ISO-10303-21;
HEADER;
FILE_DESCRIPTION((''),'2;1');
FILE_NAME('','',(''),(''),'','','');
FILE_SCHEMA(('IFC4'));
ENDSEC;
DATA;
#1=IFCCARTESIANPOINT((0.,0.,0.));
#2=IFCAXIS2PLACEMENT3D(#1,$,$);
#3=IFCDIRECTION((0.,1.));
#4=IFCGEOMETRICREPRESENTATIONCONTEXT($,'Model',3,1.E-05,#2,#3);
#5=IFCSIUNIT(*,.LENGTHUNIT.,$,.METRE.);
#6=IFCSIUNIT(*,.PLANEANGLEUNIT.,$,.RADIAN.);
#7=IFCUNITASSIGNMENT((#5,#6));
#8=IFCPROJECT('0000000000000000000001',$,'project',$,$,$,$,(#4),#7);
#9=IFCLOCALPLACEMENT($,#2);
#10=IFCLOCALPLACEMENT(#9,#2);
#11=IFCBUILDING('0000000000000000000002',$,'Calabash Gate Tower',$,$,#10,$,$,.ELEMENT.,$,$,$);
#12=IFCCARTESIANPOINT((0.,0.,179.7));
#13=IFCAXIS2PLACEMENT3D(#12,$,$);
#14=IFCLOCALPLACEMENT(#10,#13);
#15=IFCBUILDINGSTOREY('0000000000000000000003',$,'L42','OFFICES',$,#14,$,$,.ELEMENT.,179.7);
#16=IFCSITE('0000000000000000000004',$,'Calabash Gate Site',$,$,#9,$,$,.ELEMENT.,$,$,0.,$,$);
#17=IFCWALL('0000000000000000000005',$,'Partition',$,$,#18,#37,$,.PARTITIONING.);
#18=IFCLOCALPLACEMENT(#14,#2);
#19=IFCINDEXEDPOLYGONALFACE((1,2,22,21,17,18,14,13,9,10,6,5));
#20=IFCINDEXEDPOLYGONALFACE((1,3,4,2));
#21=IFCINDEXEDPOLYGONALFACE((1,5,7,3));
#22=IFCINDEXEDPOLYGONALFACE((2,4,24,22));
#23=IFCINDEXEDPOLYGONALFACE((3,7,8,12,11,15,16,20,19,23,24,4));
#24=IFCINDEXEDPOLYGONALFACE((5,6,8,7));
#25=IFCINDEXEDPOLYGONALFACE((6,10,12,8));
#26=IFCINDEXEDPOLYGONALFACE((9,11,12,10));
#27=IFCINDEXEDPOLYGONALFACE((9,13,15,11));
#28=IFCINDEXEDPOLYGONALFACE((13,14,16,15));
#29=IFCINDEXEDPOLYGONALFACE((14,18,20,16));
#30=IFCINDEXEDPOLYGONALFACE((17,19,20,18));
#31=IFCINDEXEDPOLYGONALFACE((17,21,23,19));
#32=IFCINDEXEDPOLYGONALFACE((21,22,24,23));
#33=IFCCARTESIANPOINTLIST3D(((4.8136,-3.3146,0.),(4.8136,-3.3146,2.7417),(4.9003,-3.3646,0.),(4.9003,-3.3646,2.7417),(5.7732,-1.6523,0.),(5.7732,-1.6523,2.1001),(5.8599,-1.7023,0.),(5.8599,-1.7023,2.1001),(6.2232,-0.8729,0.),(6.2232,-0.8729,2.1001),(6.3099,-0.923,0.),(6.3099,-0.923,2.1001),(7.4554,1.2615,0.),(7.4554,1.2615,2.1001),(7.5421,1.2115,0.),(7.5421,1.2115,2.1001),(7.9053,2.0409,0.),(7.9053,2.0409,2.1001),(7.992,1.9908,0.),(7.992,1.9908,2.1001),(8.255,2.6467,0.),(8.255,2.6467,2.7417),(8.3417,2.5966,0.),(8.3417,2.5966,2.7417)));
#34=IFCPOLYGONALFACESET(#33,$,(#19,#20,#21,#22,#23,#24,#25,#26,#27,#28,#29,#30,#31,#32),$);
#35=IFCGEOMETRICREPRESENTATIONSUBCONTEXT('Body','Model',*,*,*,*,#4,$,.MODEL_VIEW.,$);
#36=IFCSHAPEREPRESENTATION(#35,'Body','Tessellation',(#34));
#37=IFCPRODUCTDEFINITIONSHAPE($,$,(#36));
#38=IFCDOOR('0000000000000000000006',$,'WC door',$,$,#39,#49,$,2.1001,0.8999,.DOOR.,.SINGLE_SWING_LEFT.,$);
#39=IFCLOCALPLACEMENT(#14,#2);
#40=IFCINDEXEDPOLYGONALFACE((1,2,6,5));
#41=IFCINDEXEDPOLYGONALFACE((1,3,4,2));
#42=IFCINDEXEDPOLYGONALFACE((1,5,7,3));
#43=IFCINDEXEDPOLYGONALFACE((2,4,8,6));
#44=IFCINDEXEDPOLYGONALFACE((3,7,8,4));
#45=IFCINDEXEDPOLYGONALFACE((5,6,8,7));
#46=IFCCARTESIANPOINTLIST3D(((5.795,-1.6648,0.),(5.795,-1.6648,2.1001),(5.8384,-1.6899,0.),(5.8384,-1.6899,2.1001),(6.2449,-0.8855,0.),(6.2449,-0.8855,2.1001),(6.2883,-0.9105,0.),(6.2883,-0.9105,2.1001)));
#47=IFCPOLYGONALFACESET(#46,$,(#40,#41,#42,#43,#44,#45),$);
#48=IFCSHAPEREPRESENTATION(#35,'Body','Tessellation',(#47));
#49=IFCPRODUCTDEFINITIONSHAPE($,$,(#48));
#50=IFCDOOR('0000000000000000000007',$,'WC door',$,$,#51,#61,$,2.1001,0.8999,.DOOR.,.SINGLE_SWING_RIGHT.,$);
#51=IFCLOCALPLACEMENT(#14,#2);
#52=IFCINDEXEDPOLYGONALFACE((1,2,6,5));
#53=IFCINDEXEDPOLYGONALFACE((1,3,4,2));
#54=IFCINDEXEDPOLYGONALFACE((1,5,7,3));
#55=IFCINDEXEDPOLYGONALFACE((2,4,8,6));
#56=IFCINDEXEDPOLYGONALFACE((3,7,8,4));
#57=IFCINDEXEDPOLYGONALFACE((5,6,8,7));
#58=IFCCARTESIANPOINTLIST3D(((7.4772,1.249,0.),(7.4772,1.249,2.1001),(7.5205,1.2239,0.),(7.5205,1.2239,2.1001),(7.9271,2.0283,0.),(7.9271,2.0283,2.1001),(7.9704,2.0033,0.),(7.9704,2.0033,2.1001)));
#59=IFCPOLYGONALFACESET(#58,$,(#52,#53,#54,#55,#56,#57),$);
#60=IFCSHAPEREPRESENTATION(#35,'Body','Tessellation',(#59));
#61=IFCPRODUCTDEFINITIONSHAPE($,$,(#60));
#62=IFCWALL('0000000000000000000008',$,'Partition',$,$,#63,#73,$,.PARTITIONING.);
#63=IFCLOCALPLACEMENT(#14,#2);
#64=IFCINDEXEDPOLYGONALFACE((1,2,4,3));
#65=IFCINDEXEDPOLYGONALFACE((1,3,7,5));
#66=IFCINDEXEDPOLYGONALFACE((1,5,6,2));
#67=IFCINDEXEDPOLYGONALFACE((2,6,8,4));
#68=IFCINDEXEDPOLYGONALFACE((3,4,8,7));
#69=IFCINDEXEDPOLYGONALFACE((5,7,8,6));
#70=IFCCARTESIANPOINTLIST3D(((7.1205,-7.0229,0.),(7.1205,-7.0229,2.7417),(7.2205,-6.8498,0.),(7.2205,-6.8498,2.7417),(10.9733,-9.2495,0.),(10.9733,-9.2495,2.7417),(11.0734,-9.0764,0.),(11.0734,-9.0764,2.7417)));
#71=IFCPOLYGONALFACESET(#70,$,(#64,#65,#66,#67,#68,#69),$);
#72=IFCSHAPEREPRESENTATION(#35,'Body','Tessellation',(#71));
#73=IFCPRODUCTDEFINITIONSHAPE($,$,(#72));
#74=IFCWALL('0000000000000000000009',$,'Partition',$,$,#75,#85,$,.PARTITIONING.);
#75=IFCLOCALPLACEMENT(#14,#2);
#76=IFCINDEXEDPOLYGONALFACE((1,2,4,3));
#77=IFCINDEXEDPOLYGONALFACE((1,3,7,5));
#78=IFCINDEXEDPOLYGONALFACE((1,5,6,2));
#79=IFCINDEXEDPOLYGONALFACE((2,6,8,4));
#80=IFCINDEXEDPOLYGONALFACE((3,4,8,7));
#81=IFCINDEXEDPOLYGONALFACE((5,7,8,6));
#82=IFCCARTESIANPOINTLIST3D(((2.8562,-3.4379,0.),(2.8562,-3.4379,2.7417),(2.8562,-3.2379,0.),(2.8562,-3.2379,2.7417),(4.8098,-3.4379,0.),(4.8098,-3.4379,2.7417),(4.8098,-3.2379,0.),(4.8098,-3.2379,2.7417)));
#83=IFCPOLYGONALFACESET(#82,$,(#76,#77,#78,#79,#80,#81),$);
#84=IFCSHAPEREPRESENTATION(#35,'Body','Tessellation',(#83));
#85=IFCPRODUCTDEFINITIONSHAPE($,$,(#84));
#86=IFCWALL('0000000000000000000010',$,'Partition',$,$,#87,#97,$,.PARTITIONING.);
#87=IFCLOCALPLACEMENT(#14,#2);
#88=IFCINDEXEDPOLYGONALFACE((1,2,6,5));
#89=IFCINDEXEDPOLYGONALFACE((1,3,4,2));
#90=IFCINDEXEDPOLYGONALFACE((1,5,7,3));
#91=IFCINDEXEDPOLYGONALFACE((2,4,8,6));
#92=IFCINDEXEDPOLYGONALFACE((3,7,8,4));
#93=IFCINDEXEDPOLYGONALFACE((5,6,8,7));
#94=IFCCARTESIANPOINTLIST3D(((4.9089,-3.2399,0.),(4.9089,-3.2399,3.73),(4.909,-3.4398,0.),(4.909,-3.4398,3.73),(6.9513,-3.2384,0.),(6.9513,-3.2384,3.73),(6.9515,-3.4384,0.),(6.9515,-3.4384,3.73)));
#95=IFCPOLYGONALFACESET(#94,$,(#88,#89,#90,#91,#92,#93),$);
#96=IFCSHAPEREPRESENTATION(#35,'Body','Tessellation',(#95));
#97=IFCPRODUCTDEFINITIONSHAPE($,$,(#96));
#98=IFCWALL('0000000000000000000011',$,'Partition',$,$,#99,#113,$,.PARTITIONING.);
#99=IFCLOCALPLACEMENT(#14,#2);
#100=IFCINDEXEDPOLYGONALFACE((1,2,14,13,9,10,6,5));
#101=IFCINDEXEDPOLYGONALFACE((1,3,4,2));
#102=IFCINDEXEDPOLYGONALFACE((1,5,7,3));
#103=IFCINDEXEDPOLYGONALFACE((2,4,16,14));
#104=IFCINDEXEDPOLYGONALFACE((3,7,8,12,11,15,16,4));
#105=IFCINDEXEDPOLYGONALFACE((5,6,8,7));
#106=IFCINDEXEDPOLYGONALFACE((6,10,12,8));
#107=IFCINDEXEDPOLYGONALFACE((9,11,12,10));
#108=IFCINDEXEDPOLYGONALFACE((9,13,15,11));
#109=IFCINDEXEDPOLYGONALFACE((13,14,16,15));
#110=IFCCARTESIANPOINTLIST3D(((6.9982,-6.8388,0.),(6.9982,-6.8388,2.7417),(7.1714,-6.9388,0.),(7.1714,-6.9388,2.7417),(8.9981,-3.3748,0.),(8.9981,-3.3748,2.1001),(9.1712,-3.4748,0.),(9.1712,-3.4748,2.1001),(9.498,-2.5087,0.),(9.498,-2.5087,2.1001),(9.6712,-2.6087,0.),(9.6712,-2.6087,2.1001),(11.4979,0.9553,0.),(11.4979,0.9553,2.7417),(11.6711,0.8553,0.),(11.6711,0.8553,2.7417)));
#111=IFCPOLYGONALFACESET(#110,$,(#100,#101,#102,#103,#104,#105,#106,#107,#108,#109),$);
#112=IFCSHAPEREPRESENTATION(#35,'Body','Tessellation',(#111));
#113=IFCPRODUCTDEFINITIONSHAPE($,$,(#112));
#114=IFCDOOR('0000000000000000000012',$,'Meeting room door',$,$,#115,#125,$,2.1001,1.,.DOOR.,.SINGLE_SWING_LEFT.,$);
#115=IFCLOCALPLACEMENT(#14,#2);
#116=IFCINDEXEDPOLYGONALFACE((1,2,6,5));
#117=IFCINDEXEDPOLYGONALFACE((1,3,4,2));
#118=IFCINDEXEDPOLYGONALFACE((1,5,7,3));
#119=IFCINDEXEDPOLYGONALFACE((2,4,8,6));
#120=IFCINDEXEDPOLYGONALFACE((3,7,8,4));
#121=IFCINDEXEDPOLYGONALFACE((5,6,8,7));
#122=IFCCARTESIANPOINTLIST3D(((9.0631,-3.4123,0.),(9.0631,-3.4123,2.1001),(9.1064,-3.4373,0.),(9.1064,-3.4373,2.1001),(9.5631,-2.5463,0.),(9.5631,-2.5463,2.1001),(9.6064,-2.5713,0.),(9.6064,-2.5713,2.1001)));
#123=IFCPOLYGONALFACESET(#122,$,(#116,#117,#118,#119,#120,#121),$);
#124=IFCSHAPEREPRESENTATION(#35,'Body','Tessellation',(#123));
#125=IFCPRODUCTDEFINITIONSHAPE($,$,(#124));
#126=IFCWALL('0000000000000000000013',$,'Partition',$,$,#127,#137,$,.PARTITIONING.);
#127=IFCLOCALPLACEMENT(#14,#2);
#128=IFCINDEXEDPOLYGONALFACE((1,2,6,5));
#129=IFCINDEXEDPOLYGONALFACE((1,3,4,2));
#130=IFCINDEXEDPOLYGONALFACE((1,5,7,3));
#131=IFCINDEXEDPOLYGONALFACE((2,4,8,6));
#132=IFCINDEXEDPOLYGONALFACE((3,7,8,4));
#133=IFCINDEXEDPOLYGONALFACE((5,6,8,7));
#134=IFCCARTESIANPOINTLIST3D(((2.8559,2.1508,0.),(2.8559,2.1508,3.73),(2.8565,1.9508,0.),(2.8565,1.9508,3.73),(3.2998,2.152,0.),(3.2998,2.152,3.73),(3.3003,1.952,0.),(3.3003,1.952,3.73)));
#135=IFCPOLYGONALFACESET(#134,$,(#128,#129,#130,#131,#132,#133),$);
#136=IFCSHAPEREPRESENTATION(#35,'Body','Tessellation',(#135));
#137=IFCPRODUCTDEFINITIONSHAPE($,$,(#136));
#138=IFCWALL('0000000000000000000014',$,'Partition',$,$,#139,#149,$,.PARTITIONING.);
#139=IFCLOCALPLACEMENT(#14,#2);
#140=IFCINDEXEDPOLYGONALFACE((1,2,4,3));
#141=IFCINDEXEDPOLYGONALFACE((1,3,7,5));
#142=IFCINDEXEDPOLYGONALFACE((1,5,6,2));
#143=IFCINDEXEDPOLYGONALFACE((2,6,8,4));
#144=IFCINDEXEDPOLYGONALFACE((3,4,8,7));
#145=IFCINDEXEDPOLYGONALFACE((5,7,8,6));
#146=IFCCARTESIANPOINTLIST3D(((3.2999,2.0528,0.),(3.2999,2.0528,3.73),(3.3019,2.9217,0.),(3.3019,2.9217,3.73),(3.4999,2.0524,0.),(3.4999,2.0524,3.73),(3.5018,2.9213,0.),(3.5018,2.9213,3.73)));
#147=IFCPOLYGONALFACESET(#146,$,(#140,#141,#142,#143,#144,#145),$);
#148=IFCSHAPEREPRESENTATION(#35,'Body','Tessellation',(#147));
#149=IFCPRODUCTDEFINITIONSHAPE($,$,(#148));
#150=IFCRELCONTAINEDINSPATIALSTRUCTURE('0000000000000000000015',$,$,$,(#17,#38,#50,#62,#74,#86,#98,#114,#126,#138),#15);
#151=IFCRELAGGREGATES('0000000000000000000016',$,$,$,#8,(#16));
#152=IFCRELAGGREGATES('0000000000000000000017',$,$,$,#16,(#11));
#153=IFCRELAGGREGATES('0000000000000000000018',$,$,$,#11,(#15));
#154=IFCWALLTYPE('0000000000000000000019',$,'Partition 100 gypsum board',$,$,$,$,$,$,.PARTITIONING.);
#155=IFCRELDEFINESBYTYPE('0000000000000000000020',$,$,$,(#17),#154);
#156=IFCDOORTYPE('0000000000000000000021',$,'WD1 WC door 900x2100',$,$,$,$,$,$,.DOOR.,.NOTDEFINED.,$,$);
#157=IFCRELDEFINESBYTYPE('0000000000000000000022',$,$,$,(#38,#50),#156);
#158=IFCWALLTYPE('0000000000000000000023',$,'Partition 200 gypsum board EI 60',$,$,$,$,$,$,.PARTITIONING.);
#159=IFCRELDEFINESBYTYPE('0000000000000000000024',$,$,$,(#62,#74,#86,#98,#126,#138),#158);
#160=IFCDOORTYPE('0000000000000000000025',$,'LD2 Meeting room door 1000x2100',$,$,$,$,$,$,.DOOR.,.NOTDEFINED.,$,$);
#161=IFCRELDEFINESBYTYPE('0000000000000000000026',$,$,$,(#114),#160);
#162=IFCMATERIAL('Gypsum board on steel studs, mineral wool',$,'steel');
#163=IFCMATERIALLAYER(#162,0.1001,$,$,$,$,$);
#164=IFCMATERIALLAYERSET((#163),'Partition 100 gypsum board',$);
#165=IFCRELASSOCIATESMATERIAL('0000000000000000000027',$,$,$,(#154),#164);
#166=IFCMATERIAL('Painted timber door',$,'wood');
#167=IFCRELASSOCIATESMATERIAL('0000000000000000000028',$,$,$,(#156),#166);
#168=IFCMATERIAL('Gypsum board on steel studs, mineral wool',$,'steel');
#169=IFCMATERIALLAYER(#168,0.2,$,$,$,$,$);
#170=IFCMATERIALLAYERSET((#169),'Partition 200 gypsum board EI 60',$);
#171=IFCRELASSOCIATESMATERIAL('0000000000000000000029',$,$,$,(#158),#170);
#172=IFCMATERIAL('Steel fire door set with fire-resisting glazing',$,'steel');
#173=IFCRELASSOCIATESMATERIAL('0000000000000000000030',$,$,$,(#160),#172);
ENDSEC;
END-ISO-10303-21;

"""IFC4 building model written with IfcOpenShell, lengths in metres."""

from ifc_helpers import new_model, si_unit, direction, frame, frame_2d, origin, place, context, subcontext, project, spatial, rectangle, extrude, material, layer, layer_set, type_object, element, fill, save


model = new_model("IFC4")

# Units and contexts
model_context = context("Model", 3, precision=1e-05, world=origin(), true_north=direction((0.0, 1.0)))
body_context = subcontext(model_context, "Body", "Model", "MODEL_VIEW")
ifc_project = project(units=[si_unit("LENGTHUNIT", "METRE"), si_unit("PLANEANGLEUNIT", "RADIAN")], contexts=[model_context])

# Site, building, storey
site_placement = place(None, origin())
site = spatial("IfcSite", under=ifc_project, at=site_placement, Name="Calabash Gate Site", CompositionType="ELEMENT", RefElevation=0.0)
building_placement = place(site_placement, origin())
building = spatial("IfcBuilding", under=site, at=building_placement, Name="Calabash Gate Tower", CompositionType="ELEMENT")
storey_placement = place(building_placement, frame((0.0, 0.0, 179.7)))
storey = spatial("IfcBuildingStorey", under=building, at=storey_placement, Name="L42", Description="OFFICES", CompositionType="ELEMENT", Elevation=179.7)

# Wall, openings, doors
ifc_material_1 = material(Name="Gypsum board on steel studs, mineral wool", Category="steel")
ifc_layer_1 = layer(ifc_material_1, 0.1001)
ifc_layer_set_1 = layer_set([ifc_layer_1], Name="Partition 100 gypsum board")
wall_type_1 = type_object("IfcWallType", Name="Partition 100 gypsum board", PredefinedType="PARTITIONING", material=ifc_layer_set_1)
wall_1_placement = place(storey_placement, frame((4.8569, -3.3396, 0.0), z_axis=(0.0, 0.0, 1.0), x_axis=(0.499969, 0.866043, 0.0)))
wall_1 = element("IfcWall", 1, at=wall_1_placement, inside=storey, type_object=wall_type_1, Name="Partition", PredefinedType="PARTITIONING", context=body_context, shape_type="SweptSolid", body=[
    extrude(rectangle(XDim=6.8833, YDim=0.1001, at=frame_2d((3.4417, 0.0))), origin(), (0.0, 0.0, 1.0), 2.7417),
])
opening_1_placement = place(wall_1_placement, frame((1.9194, 0.0, 0.0)))
opening_1 = element("IfcOpeningElement", 2, at=opening_1_placement, cuts=wall_1, PredefinedType="OPENING", context=body_context, shape_type="SweptSolid", body=[
    extrude(rectangle(XDim=0.8999, YDim=2.1001, at=frame_2d((0.45, 1.05))), frame((0.0, 0.0601, 0.0), z_axis=(0.0, -1.0, 0.0), x_axis=(1.0, 0.0, 0.0)), (0.0, 0.0, 1.0), 0.1201),
])
opening_2_placement = place(wall_1_placement, frame((5.2839, 0.0, 0.0)))
opening_2 = element("IfcOpeningElement", 3, at=opening_2_placement, cuts=wall_1, PredefinedType="OPENING", context=body_context, shape_type="SweptSolid", body=[
    extrude(rectangle(XDim=0.8999, YDim=2.1001, at=frame_2d((0.45, 1.05))), frame((0.0, 0.0601, 0.0), z_axis=(0.0, -1.0, 0.0), x_axis=(1.0, 0.0, 0.0)), (0.0, 0.0, 1.0), 0.1201),
])
ifc_material_2 = material(Name="Painted timber door", Category="wood")
door_type_1 = type_object("IfcDoorType", Name="WD1 WC door 900x2100", OperationType="NOTDEFINED", PredefinedType="DOOR", material=ifc_material_2)
door_1_placement = place(opening_1_placement, origin())
door_1 = element("IfcDoor", 4, at=door_1_placement, inside=storey, type_object=door_type_1, Name="WC door", OperationType="SINGLE_SWING_LEFT", OverallHeight=2.1001, OverallWidth=0.8999, PredefinedType="DOOR", context=body_context, shape_type="SweptSolid", body=[
    extrude(rectangle(XDim=0.8999, YDim=2.1001, at=frame_2d((0.45, 1.05))), frame((0.0, 0.0249, 0.0), z_axis=(0.0, -1.0, 0.0), x_axis=(1.0, 0.0, 0.0)), (0.0, 0.0, 1.0), 0.05),
])
fill(opening_1, door_1)
door_2_placement = place(opening_2_placement, origin())
door_2 = element("IfcDoor", 5, at=door_2_placement, inside=storey, type_object=door_type_1, Name="WC door", OperationType="SINGLE_SWING_RIGHT", OverallHeight=2.1001, OverallWidth=0.8999, PredefinedType="DOOR", context=body_context, shape_type="SweptSolid", body=[
    extrude(rectangle(XDim=0.8999, YDim=2.1001, at=frame_2d((0.45, 1.05))), frame((0.0, 0.0249, 0.0), z_axis=(0.0, -1.0, 0.0), x_axis=(1.0, 0.0, 0.0)), (0.0, 0.0, 1.0), 0.05),
])
fill(opening_2, door_2)

# Walls
ifc_material_3 = material(Name="Gypsum board on steel studs, mineral wool", Category="steel")
ifc_layer_2 = layer(ifc_material_3, 0.2)
ifc_layer_set_2 = layer_set([ifc_layer_2], Name="Partition 200 gypsum board EI 60")
wall_type_2 = type_object("IfcWallType", Name="Partition 200 gypsum board EI 60", PredefinedType="PARTITIONING", material=ifc_layer_set_2)
wall_2_placement = place(storey_placement, frame((7.1704, -6.9363, 0.0), z_axis=(0.0, 0.0, 1.0), x_axis=(0.865815, -0.500364, 0.0)))
element("IfcWall", 6, at=wall_2_placement, inside=storey, type_object=wall_type_2, Name="Partition", PredefinedType="PARTITIONING", context=body_context, shape_type="SweptSolid", body=[
    extrude(rectangle(XDim=4.45, YDim=0.2, at=frame_2d((2.2251, 0.0))), origin(), (0.0, 0.0, 1.0), 2.7417),
])
wall_3_placement = place(storey_placement, frame((2.8562, -3.3379, 0.0), z_axis=(0.0, 0.0, 1.0), x_axis=(1.0, 0.0, 0.0)))
element("IfcWall", 7, at=wall_3_placement, inside=storey, type_object=wall_type_2, Name="Partition", PredefinedType="PARTITIONING", context=body_context, shape_type="SweptSolid", body=[
    extrude(rectangle(XDim=1.9536, YDim=0.2, at=frame_2d((0.9768, 0.0))), origin(), (0.0, 0.0, 1.0), 2.7417),
])
wall_4_placement = place(storey_placement, frame((4.9089, -3.3398, 0.0), z_axis=(0.0, 0.0, 1.0), x_axis=(1.0, 0.000717, 0.0)))
element("IfcWall", 8, at=wall_4_placement, inside=storey, type_object=wall_type_2, Name="Partition", PredefinedType="PARTITIONING", context=body_context, shape_type="SweptSolid", body=[
    extrude(rectangle(XDim=2.0425, YDim=0.2, at=frame_2d((1.0212, 0.0))), origin(), (0.0, 0.0, 1.0), 3.73),
])

# Wall, opening, door
wall_5_placement = place(storey_placement, frame((7.0847, -6.8889, 0.0), z_axis=(0.0, 0.0, 1.0), x_axis=(0.499982, 0.866036, 0.0)))
wall_5 = element("IfcWall", 9, at=wall_5_placement, inside=storey, type_object=wall_type_2, Name="Partition", PredefinedType="PARTITIONING", context=body_context, shape_type="SweptSolid", body=[
    extrude(rectangle(XDim=8.9998, YDim=0.2, at=frame_2d((4.5, 0.0))), origin(), (0.0, 0.0, 1.0), 2.7417),
])
opening_3_placement = place(wall_5_placement, frame((4.0, 0.0, 0.0)))
opening_3 = element("IfcOpeningElement", 10, at=opening_3_placement, cuts=wall_5, PredefinedType="OPENING", context=body_context, shape_type="SweptSolid", body=[
    extrude(rectangle(XDim=1.0, YDim=2.1001, at=frame_2d((0.5, 1.05))), frame((0.0, 0.1099, 0.0), z_axis=(0.0, -1.0, 0.0), x_axis=(1.0, 0.0, 0.0)), (0.0, 0.0, 1.0), 0.22),
])
ifc_material_4 = material(Name="Steel fire door set with fire-resisting glazing", Category="steel")
door_type_2 = type_object("IfcDoorType", Name="LD2 Meeting room door 1000x2100", OperationType="NOTDEFINED", PredefinedType="DOOR", material=ifc_material_4)
door_3_placement = place(opening_3_placement, origin())
door_3 = element("IfcDoor", 11, at=door_3_placement, inside=storey, type_object=door_type_2, Name="Meeting room door", OperationType="SINGLE_SWING_LEFT", OverallHeight=2.1001, OverallWidth=1.0, PredefinedType="DOOR", context=body_context, shape_type="SweptSolid", body=[
    extrude(rectangle(XDim=1.0, YDim=2.1001, at=frame_2d((0.5, 1.05))), frame((0.0, 0.0249, 0.0), z_axis=(0.0, -1.0, 0.0), x_axis=(1.0, 0.0, 0.0)), (0.0, 0.0, 1.0), 0.05),
])
fill(opening_3, door_3)

# Walls
wall_6_placement = place(storey_placement, frame((2.8562, 2.0508, 0.0), z_axis=(0.0, 0.0, 1.0), x_axis=(0.999996, 0.00275, 0.0)))
element("IfcWall", 12, at=wall_6_placement, inside=storey, type_object=wall_type_2, Name="Partition", PredefinedType="PARTITIONING", context=body_context, shape_type="SweptSolid", body=[
    extrude(rectangle(XDim=0.4438, YDim=0.2, at=frame_2d((0.2219, 0.0))), origin(), (0.0, 0.0, 1.0), 3.73),
])
wall_7_placement = place(storey_placement, frame((3.3999, 2.0525, 0.0), z_axis=(0.0, 0.0, 1.0), x_axis=(0.002248, 0.999997, 0.0)))
element("IfcWall", 13, at=wall_7_placement, inside=storey, type_object=wall_type_2, Name="Partition", PredefinedType="PARTITIONING", context=body_context, shape_type="SweptSolid", body=[
    extrude(rectangle(XDim=0.8689, YDim=0.2, at=frame_2d((0.4346, 0.0))), origin(), (0.0, 0.0, 1.0), 3.73),
])

save(model, "model.ifc")
